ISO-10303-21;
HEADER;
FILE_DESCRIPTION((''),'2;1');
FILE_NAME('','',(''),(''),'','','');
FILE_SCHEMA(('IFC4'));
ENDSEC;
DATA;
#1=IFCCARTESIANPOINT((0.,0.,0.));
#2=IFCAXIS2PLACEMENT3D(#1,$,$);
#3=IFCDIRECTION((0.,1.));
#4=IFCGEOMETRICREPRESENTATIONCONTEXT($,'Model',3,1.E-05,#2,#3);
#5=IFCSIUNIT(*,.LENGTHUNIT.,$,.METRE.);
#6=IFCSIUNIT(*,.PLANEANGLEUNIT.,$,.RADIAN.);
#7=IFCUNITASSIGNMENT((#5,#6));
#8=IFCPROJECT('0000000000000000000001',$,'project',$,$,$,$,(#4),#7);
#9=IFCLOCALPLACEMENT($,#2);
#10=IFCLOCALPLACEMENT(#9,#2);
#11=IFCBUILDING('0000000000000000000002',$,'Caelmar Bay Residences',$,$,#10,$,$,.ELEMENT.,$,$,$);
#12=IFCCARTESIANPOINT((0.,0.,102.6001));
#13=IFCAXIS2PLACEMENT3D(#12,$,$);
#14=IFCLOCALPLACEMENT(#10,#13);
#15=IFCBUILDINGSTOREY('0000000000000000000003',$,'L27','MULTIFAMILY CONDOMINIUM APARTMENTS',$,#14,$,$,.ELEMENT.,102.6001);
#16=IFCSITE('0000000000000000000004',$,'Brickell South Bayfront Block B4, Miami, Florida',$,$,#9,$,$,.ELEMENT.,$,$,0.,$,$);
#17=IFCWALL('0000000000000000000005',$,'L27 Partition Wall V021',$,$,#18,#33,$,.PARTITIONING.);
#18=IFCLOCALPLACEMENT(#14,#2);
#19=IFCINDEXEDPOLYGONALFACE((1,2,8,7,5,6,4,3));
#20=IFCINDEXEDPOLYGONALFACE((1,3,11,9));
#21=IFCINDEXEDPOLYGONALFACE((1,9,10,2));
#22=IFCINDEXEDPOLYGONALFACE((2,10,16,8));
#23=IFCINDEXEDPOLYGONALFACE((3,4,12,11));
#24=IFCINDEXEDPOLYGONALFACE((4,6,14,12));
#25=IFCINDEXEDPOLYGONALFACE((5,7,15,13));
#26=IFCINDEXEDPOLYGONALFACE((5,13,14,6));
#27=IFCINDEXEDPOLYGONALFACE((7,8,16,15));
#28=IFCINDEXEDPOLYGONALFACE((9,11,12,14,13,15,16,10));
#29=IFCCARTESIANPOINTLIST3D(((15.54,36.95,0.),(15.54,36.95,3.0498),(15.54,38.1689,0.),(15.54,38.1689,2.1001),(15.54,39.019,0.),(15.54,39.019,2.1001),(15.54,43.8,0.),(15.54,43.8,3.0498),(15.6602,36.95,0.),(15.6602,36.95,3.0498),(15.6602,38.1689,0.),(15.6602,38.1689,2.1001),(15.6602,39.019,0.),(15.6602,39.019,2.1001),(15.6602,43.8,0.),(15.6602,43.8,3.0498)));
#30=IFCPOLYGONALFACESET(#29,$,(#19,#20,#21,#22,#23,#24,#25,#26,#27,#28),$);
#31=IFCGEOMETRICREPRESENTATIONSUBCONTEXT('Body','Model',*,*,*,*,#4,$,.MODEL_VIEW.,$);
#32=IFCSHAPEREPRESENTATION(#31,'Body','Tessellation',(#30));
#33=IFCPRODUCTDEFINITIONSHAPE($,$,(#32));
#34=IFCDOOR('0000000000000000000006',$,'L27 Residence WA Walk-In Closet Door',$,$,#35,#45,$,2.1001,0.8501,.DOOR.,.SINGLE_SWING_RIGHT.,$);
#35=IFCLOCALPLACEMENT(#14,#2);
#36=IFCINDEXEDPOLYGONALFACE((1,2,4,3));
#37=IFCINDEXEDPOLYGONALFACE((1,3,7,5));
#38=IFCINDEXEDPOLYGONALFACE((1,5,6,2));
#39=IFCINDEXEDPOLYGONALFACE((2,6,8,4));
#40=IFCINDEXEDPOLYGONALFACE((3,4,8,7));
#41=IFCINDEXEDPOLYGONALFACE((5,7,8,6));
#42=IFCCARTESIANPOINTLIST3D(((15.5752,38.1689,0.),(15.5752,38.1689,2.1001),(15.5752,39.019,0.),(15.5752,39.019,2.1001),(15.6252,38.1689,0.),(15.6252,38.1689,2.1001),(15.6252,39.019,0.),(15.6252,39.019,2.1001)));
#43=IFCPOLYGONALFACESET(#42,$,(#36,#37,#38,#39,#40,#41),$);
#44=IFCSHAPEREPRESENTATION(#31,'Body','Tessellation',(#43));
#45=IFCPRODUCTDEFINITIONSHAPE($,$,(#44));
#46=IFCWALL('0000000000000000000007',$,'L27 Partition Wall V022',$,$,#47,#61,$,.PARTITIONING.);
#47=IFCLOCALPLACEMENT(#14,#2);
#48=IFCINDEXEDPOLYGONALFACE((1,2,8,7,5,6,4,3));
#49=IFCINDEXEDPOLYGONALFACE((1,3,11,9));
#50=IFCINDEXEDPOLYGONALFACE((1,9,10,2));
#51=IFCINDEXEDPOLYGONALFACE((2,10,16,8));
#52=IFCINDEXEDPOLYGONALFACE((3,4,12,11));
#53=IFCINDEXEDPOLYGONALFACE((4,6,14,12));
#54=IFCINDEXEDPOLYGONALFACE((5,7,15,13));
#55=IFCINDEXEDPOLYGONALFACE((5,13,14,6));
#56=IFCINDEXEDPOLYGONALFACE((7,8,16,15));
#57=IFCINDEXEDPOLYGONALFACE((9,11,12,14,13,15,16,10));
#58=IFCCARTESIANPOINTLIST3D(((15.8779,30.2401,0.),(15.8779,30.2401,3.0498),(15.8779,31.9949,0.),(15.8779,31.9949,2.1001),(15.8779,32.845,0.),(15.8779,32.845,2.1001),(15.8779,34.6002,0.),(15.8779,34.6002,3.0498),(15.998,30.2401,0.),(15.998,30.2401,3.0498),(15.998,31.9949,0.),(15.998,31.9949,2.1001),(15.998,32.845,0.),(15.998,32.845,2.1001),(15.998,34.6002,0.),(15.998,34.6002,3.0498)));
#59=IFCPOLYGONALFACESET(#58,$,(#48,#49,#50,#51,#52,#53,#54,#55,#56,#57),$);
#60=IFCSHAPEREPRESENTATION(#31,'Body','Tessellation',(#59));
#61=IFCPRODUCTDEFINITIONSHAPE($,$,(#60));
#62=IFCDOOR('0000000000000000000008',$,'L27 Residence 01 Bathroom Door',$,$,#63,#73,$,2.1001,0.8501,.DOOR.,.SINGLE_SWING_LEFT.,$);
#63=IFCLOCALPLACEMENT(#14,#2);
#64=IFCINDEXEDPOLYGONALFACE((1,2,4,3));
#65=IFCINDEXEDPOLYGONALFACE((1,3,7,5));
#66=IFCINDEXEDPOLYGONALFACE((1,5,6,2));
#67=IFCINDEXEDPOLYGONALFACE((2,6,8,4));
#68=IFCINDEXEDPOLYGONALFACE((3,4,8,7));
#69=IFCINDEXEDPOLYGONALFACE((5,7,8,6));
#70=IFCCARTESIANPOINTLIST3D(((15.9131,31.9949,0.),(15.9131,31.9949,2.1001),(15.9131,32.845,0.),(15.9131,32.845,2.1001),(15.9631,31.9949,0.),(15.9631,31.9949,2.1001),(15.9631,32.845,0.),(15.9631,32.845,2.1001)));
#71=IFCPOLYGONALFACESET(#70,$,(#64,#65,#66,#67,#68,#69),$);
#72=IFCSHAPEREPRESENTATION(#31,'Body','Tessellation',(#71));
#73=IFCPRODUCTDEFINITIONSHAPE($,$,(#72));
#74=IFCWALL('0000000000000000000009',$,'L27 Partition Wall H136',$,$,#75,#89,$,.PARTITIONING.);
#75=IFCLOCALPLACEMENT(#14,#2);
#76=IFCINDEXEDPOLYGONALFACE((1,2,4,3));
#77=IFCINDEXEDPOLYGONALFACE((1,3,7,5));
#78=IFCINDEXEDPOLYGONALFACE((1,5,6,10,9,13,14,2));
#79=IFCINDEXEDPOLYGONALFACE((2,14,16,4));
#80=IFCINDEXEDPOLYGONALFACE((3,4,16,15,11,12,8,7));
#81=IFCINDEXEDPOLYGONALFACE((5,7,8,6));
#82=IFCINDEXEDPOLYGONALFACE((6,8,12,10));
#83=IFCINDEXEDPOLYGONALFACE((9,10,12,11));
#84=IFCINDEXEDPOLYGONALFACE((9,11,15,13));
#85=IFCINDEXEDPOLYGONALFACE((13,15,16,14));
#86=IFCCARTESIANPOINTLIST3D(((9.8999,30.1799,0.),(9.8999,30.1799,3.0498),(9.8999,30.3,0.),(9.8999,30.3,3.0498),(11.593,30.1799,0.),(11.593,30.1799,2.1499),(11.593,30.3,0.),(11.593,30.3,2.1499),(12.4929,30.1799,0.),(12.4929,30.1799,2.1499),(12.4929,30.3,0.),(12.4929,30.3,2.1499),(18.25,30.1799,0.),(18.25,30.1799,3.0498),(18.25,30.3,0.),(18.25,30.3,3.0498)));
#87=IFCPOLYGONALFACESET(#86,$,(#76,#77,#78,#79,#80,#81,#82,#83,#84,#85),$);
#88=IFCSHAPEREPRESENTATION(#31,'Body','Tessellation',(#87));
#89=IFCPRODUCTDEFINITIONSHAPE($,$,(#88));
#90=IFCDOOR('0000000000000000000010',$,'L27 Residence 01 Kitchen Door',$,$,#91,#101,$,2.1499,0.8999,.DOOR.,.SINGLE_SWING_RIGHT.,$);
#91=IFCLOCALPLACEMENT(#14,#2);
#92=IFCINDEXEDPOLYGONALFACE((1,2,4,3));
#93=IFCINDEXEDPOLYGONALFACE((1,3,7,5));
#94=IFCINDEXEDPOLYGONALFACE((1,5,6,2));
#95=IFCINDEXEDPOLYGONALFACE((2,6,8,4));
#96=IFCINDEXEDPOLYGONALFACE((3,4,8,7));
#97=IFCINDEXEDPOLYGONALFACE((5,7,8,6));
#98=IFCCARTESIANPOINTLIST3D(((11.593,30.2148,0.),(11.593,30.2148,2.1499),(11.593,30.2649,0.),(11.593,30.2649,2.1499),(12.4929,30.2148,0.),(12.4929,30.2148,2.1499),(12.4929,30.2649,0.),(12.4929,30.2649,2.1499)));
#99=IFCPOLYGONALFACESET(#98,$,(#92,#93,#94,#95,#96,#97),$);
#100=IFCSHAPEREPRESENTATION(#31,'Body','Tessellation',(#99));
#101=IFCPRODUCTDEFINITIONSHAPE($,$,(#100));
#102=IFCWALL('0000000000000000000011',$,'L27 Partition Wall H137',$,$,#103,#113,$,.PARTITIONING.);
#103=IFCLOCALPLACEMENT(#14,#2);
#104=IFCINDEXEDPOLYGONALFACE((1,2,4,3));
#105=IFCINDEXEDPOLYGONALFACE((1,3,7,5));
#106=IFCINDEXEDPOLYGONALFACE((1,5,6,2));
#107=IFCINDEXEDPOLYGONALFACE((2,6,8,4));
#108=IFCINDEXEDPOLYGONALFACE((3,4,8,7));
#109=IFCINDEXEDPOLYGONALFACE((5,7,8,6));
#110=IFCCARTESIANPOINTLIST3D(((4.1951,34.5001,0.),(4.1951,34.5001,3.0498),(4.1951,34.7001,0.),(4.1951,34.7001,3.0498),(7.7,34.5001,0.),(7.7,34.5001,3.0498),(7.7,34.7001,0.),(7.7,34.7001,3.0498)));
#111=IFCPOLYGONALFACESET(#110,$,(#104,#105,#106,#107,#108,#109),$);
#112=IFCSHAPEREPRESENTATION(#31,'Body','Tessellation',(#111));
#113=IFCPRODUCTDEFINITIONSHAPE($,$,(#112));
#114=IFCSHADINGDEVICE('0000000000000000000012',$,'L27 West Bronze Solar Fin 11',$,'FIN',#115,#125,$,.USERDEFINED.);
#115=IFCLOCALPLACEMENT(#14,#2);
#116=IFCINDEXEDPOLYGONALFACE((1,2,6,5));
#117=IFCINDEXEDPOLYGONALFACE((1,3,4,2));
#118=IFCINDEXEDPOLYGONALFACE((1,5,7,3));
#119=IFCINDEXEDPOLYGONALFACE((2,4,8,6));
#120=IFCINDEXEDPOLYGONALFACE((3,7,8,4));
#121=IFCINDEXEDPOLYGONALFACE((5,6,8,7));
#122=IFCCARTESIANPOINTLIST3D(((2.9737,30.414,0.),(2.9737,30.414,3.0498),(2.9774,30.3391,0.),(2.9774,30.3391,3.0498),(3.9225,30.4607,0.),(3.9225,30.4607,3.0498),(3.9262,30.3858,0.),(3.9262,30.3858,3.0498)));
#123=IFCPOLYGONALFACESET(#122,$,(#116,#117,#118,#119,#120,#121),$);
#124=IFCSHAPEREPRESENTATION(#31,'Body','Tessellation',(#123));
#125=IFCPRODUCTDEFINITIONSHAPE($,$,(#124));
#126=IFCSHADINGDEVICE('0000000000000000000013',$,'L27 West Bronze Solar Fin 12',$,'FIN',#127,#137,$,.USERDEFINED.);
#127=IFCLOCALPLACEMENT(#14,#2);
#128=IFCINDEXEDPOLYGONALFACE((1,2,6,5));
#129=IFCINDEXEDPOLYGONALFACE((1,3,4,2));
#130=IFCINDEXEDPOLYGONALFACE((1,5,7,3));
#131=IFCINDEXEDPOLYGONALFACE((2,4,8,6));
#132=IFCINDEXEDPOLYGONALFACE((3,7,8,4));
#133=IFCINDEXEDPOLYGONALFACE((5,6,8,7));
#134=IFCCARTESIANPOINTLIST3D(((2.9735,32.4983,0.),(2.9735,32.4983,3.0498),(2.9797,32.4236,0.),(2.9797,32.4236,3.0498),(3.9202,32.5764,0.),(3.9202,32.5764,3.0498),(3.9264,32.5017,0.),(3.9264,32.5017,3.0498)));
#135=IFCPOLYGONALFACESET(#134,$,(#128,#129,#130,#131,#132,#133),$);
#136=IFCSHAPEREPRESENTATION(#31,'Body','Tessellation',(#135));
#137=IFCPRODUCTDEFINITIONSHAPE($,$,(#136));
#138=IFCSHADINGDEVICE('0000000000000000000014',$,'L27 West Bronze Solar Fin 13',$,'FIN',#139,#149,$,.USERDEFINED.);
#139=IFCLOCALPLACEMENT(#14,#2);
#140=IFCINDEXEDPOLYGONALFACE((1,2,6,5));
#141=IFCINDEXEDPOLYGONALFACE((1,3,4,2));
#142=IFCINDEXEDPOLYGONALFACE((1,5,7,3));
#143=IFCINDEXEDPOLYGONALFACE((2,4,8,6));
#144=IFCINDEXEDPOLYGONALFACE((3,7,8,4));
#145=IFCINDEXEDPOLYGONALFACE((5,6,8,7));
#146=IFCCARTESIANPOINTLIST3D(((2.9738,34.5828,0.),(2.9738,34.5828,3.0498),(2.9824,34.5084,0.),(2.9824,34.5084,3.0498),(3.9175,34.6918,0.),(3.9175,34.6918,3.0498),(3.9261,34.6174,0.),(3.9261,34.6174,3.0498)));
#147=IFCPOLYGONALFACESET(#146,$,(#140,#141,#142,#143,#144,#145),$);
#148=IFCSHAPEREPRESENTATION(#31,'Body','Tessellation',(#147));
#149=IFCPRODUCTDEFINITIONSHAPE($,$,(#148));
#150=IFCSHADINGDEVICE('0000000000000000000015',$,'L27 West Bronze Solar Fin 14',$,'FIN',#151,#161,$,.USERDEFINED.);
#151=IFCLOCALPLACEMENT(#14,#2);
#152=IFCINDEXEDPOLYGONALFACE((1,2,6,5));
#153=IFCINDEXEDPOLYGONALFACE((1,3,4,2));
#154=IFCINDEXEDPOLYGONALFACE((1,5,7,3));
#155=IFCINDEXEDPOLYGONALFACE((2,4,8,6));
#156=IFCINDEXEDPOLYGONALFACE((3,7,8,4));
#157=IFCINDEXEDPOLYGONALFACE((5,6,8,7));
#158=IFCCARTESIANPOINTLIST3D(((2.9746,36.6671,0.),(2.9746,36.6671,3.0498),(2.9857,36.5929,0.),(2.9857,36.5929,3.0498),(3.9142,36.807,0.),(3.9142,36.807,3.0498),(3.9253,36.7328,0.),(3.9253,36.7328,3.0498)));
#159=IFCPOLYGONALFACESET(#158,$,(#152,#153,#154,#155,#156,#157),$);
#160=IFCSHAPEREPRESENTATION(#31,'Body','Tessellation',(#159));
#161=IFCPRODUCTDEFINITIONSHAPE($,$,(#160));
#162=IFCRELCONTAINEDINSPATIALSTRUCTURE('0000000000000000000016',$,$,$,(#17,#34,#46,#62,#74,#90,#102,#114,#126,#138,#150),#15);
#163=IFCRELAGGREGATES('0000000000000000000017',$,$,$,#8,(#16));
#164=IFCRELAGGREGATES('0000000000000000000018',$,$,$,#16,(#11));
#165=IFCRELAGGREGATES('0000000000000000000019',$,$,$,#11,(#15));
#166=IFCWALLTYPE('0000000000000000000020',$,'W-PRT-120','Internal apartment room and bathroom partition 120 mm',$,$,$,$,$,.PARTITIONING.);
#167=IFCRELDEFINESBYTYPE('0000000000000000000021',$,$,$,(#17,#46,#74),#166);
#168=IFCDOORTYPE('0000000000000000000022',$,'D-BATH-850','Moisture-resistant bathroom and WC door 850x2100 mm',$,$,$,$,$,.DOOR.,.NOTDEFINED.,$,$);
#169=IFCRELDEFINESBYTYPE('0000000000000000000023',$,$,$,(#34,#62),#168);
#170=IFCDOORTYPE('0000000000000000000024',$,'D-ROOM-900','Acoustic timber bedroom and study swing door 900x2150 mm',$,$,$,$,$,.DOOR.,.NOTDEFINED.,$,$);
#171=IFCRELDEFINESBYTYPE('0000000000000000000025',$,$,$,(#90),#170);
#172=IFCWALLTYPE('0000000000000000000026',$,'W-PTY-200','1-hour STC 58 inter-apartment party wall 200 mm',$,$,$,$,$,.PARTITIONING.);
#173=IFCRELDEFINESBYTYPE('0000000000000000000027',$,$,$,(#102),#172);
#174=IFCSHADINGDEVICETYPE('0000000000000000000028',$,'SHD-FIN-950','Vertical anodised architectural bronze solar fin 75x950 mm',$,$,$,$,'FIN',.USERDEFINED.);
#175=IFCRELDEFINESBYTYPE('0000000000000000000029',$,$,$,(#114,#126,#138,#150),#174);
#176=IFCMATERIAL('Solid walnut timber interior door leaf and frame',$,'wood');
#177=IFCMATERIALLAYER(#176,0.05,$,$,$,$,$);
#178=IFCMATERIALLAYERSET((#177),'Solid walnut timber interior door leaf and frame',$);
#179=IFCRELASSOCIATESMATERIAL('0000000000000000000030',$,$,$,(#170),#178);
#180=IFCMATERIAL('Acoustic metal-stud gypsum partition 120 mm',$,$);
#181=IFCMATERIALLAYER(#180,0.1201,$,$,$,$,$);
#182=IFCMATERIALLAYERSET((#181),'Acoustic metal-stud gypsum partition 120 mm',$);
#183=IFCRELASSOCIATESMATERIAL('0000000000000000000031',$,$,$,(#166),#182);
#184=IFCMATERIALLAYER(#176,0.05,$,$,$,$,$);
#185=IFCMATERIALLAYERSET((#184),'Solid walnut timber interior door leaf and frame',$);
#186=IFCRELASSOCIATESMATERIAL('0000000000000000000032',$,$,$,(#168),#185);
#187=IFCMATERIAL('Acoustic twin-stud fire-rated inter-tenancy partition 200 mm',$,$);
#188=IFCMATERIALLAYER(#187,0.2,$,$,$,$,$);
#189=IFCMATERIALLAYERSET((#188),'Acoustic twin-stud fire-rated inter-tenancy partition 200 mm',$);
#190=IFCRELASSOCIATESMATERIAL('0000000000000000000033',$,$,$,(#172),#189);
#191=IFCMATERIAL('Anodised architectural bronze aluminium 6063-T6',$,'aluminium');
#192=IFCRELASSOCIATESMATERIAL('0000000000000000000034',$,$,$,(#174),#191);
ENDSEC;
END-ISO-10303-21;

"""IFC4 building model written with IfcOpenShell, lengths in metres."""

from ifc_helpers import new_model, si_unit, direction, frame, frame_2d, origin, origin_2d, place, context, subcontext, project, spatial, rectangle, extrude, material, layer, layer_set, material_profile, profile_set, type_object, element, fill, save


model = new_model("IFC4")

# Units and contexts
model_context = context("Model", 3, precision=1e-05, world=origin(), true_north=direction((0.0, 1.0)))
body_context = subcontext(model_context, "Body", "Model", "MODEL_VIEW")
ifc_project = project(units=[si_unit("LENGTHUNIT", "METRE"), si_unit("PLANEANGLEUNIT", "RADIAN")], contexts=[model_context])

# Site, building, storey
site_placement = place(None, origin())
site = spatial("IfcSite", under=ifc_project, at=site_placement, Name="Brickell South Bayfront Block B4, Miami, Florida", CompositionType="ELEMENT", RefElevation=0.0)
building_placement = place(site_placement, origin())
building = spatial("IfcBuilding", under=site, at=building_placement, Name="Caelmar Bay Residences", CompositionType="ELEMENT")
storey_placement = place(building_placement, frame((0.0, 0.0, 102.6001)))
storey = spatial("IfcBuildingStorey", under=building, at=storey_placement, Name="L27", Description="MULTIFAMILY CONDOMINIUM APARTMENTS", CompositionType="ELEMENT", Elevation=102.6001)

# Shared definitions
ifc_material_1 = material(Name="Solid walnut timber interior door leaf and frame", Category="wood")
ifc_layer_1 = layer(ifc_material_1, 0.05)
ifc_layer_set_1 = layer_set([ifc_layer_1], Name="Solid walnut timber interior door leaf and frame")
door_type_1 = type_object("IfcDoorType", Name="D-ROOM-900", Description="Acoustic timber bedroom and study swing door 900x2150 mm", OperationType="NOTDEFINED", PredefinedType="DOOR", material=ifc_layer_set_1)

# Shared definitions
ifc_material_2 = material(Name="Acoustic metal-stud gypsum partition 120 mm")
ifc_layer_2 = layer(ifc_material_2, 0.1201)
ifc_layer_set_2 = layer_set([ifc_layer_2], Name="Acoustic metal-stud gypsum partition 120 mm")
wall_type_1 = type_object("IfcWallType", Name="W-PRT-120", Description="Internal apartment room and bathroom partition 120 mm", PredefinedType="PARTITIONING", material=ifc_layer_set_2)

# Walls, openings, doors
wall_1_placement = place(storey_placement, frame((15.6001, 36.95, 0.0), z_axis=(0.0, 0.0, 1.0), x_axis=(0.0, 1.0, 0.0)))
wall_1 = element("IfcWall", 1, at=wall_1_placement, inside=storey, type_object=wall_type_1, Name="L27 Partition Wall V021", PredefinedType="PARTITIONING", context=body_context, shape_type="SweptSolid", body=[
    extrude(rectangle(XDim=6.8501, YDim=0.1201, at=frame_2d((3.425, 0.0))), origin(), (0.0, 0.0, 1.0), 3.0498),
])
opening_1_placement = place(wall_1_placement, frame((1.219, 0.0, 0.0)))
opening_1 = element("IfcOpeningElement", 2, at=opening_1_placement, cuts=wall_1, PredefinedType="OPENING", context=body_context, shape_type="SweptSolid", body=[
    extrude(rectangle(XDim=0.8501, YDim=2.1001, at=frame_2d((0.425, 1.05))), frame((0.0, 0.0701, 0.0), z_axis=(0.0, -1.0, 0.0), x_axis=(1.0, 0.0, 0.0)), (0.0, 0.0, 1.0), 0.1401),
])
ifc_layer_3 = layer(ifc_material_1, 0.05)
ifc_layer_set_3 = layer_set([ifc_layer_3], Name="Solid walnut timber interior door leaf and frame")
door_type_2 = type_object("IfcDoorType", Name="D-BATH-850", Description="Moisture-resistant bathroom and WC door 850x2100 mm", OperationType="NOTDEFINED", PredefinedType="DOOR", material=ifc_layer_set_3)
door_1_placement = place(opening_1_placement, origin())
door_1 = element("IfcDoor", 3, at=door_1_placement, inside=storey, type_object=door_type_2, Name="L27 Residence WA Walk-In Closet Door", OperationType="SINGLE_SWING_RIGHT", OverallHeight=2.1001, OverallWidth=0.8501, PredefinedType="DOOR", context=body_context, shape_type="SweptSolid", body=[
    extrude(rectangle(XDim=0.8501, YDim=2.1001, at=frame_2d((0.425, 1.05))), frame((0.0, 0.0249, 0.0), z_axis=(0.0, -1.0, 0.0), x_axis=(1.0, 0.0, 0.0)), (0.0, 0.0, 1.0), 0.05),
])
fill(opening_1, door_1)
wall_2_placement = place(storey_placement, frame((15.938, 30.24, 0.0), z_axis=(0.0, 0.0, 1.0), x_axis=(0.0, 1.0, 0.0)))
wall_2 = element("IfcWall", 4, at=wall_2_placement, inside=storey, type_object=wall_type_1, Name="L27 Partition Wall V022", PredefinedType="PARTITIONING", context=body_context, shape_type="SweptSolid", body=[
    extrude(rectangle(XDim=4.3601, YDim=0.1201, at=frame_2d((2.1802, 0.0))), origin(), (0.0, 0.0, 1.0), 3.0498),
])
opening_2_placement = place(wall_2_placement, frame((1.7549, 0.0, 0.0)))
opening_2 = element("IfcOpeningElement", 5, at=opening_2_placement, cuts=wall_2, PredefinedType="OPENING", context=body_context, shape_type="SweptSolid", body=[
    extrude(rectangle(XDim=0.8501, YDim=2.1001, at=frame_2d((0.425, 1.05))), frame((0.0, 0.0701, 0.0), z_axis=(0.0, -1.0, 0.0), x_axis=(1.0, 0.0, 0.0)), (0.0, 0.0, 1.0), 0.1401),
])
door_2_placement = place(opening_2_placement, origin())
door_2 = element("IfcDoor", 6, at=door_2_placement, inside=storey, type_object=door_type_2, Name="L27 Residence 01 Bathroom Door", OperationType="SINGLE_SWING_LEFT", OverallHeight=2.1001, OverallWidth=0.8501, PredefinedType="DOOR", context=body_context, shape_type="SweptSolid", body=[
    extrude(rectangle(XDim=0.8501, YDim=2.1001, at=frame_2d((0.425, 1.05))), frame((0.0, 0.0249, 0.0), z_axis=(0.0, -1.0, 0.0), x_axis=(1.0, 0.0, 0.0)), (0.0, 0.0, 1.0), 0.05),
])
fill(opening_2, door_2)
wall_3_placement = place(storey_placement, frame((9.8999, 30.24, 0.0), z_axis=(0.0, 0.0, 1.0), x_axis=(1.0, 0.0, 0.0)))
wall_3 = element("IfcWall", 7, at=wall_3_placement, inside=storey, type_object=wall_type_1, Name="L27 Partition Wall H136", PredefinedType="PARTITIONING", context=body_context, shape_type="SweptSolid", body=[
    extrude(rectangle(XDim=8.3501, YDim=0.1201, at=frame_2d((4.175, 0.0))), origin(), (0.0, 0.0, 1.0), 3.0498),
])
opening_3_placement = place(wall_3_placement, frame((1.6931, 0.0, 0.0)))
opening_3 = element("IfcOpeningElement", 8, at=opening_3_placement, cuts=wall_3, PredefinedType="OPENING", context=body_context, shape_type="SweptSolid", body=[
    extrude(rectangle(XDim=0.8999, YDim=2.1499, at=frame_2d((0.45, 1.075))), frame((0.0, 0.0701, 0.0), z_axis=(0.0, -1.0, 0.0), x_axis=(1.0, 0.0, 0.0)), (0.0, 0.0, 1.0), 0.1401),
])
door_3_placement = place(opening_3_placement, origin())
door_3 = element("IfcDoor", 9, at=door_3_placement, inside=storey, type_object=door_type_1, Name="L27 Residence 01 Kitchen Door", OperationType="SINGLE_SWING_RIGHT", OverallHeight=2.1499, OverallWidth=0.8999, PredefinedType="DOOR", context=body_context, shape_type="SweptSolid", body=[
    extrude(rectangle(XDim=0.8999, YDim=2.1499, at=frame_2d((0.45, 1.075))), frame((0.0, 0.0249, 0.0), z_axis=(0.0, -1.0, 0.0), x_axis=(1.0, 0.0, 0.0)), (0.0, 0.0, 1.0), 0.05),
])
fill(opening_3, door_3)

# Wall
ifc_material_3 = material(Name="Acoustic twin-stud fire-rated inter-tenancy partition 200 mm")
ifc_layer_4 = layer(ifc_material_3, 0.2)
ifc_layer_set_4 = layer_set([ifc_layer_4], Name="Acoustic twin-stud fire-rated inter-tenancy partition 200 mm")
wall_type_2 = type_object("IfcWallType", Name="W-PTY-200", Description="1-hour STC 58 inter-apartment party wall 200 mm", PredefinedType="PARTITIONING", material=ifc_layer_set_4)
wall_4_placement = place(storey_placement, frame((4.1951, 34.6001, 0.0), z_axis=(0.0, 0.0, 1.0), x_axis=(1.0, 0.0, 0.0)))
element("IfcWall", 10, at=wall_4_placement, inside=storey, type_object=wall_type_2, Name="L27 Partition Wall H137", PredefinedType="PARTITIONING", context=body_context, shape_type="SweptSolid", body=[
    extrude(rectangle(XDim=3.5049, YDim=0.2, at=frame_2d((1.7524, 0.0))), origin(), (0.0, 0.0, 1.0), 3.0498),
])

# Shading devices
ifc_material_4 = material(Name="Anodised architectural bronze aluminium 6063-T6", Category="aluminium")
ifc_material_profile = material_profile(ifc_material_4, rectangle(XDim=0.075, YDim=0.95, at=origin_2d()), Name="BRONZE-FIN-75X950")
ifc_profile_set = profile_set([ifc_material_profile], Name="Anodised architectural bronze aluminium 6063-T6")
shading_device_type = type_object("IfcShadingDeviceType", Name="SHD-FIN-950", Description="Vertical anodised architectural bronze solar fin 75x950 mm", ElementType="FIN", PredefinedType="USERDEFINED", material=ifc_profile_set)
for number, where, z_axis, x_axis, name in (
    (11, (3.45, 30.3999, 0.0), (0.0, 0.0, 1.0), (-0.049198, 0.998789, 0.0), "L27 West Bronze Solar Fin 11"),
    (12, (3.45, 32.5, 0.0), (0.0, 0.0, 1.0), (-0.082112, 0.996623, 0.0), "L27 West Bronze Solar Fin 12"),
    (13, (3.45, 34.6001, 0.0), (0.0, 0.0, 1.0), (-0.114764, 0.993393, 0.0), "L27 West Bronze Solar Fin 13"),
    (14, (3.45, 36.7, 0.0), (0.0, 0.0, 1.0), (-0.147292, 0.989093, 0.0), "L27 West Bronze Solar Fin 14"),
):
    element("IfcShadingDevice", number, at=place(storey_placement, frame(where, z_axis=z_axis, x_axis=x_axis)), inside=storey, type_object=shading_device_type, Name=name, ObjectType="FIN", PredefinedType="USERDEFINED", context=body_context, shape_type="SweptSolid", body=[
        extrude(rectangle(XDim=0.075, YDim=0.95, at=origin_2d()), origin(), (0.0, 0.0, 1.0), 3.0498),
    ])

save(model, "model.ifc")
